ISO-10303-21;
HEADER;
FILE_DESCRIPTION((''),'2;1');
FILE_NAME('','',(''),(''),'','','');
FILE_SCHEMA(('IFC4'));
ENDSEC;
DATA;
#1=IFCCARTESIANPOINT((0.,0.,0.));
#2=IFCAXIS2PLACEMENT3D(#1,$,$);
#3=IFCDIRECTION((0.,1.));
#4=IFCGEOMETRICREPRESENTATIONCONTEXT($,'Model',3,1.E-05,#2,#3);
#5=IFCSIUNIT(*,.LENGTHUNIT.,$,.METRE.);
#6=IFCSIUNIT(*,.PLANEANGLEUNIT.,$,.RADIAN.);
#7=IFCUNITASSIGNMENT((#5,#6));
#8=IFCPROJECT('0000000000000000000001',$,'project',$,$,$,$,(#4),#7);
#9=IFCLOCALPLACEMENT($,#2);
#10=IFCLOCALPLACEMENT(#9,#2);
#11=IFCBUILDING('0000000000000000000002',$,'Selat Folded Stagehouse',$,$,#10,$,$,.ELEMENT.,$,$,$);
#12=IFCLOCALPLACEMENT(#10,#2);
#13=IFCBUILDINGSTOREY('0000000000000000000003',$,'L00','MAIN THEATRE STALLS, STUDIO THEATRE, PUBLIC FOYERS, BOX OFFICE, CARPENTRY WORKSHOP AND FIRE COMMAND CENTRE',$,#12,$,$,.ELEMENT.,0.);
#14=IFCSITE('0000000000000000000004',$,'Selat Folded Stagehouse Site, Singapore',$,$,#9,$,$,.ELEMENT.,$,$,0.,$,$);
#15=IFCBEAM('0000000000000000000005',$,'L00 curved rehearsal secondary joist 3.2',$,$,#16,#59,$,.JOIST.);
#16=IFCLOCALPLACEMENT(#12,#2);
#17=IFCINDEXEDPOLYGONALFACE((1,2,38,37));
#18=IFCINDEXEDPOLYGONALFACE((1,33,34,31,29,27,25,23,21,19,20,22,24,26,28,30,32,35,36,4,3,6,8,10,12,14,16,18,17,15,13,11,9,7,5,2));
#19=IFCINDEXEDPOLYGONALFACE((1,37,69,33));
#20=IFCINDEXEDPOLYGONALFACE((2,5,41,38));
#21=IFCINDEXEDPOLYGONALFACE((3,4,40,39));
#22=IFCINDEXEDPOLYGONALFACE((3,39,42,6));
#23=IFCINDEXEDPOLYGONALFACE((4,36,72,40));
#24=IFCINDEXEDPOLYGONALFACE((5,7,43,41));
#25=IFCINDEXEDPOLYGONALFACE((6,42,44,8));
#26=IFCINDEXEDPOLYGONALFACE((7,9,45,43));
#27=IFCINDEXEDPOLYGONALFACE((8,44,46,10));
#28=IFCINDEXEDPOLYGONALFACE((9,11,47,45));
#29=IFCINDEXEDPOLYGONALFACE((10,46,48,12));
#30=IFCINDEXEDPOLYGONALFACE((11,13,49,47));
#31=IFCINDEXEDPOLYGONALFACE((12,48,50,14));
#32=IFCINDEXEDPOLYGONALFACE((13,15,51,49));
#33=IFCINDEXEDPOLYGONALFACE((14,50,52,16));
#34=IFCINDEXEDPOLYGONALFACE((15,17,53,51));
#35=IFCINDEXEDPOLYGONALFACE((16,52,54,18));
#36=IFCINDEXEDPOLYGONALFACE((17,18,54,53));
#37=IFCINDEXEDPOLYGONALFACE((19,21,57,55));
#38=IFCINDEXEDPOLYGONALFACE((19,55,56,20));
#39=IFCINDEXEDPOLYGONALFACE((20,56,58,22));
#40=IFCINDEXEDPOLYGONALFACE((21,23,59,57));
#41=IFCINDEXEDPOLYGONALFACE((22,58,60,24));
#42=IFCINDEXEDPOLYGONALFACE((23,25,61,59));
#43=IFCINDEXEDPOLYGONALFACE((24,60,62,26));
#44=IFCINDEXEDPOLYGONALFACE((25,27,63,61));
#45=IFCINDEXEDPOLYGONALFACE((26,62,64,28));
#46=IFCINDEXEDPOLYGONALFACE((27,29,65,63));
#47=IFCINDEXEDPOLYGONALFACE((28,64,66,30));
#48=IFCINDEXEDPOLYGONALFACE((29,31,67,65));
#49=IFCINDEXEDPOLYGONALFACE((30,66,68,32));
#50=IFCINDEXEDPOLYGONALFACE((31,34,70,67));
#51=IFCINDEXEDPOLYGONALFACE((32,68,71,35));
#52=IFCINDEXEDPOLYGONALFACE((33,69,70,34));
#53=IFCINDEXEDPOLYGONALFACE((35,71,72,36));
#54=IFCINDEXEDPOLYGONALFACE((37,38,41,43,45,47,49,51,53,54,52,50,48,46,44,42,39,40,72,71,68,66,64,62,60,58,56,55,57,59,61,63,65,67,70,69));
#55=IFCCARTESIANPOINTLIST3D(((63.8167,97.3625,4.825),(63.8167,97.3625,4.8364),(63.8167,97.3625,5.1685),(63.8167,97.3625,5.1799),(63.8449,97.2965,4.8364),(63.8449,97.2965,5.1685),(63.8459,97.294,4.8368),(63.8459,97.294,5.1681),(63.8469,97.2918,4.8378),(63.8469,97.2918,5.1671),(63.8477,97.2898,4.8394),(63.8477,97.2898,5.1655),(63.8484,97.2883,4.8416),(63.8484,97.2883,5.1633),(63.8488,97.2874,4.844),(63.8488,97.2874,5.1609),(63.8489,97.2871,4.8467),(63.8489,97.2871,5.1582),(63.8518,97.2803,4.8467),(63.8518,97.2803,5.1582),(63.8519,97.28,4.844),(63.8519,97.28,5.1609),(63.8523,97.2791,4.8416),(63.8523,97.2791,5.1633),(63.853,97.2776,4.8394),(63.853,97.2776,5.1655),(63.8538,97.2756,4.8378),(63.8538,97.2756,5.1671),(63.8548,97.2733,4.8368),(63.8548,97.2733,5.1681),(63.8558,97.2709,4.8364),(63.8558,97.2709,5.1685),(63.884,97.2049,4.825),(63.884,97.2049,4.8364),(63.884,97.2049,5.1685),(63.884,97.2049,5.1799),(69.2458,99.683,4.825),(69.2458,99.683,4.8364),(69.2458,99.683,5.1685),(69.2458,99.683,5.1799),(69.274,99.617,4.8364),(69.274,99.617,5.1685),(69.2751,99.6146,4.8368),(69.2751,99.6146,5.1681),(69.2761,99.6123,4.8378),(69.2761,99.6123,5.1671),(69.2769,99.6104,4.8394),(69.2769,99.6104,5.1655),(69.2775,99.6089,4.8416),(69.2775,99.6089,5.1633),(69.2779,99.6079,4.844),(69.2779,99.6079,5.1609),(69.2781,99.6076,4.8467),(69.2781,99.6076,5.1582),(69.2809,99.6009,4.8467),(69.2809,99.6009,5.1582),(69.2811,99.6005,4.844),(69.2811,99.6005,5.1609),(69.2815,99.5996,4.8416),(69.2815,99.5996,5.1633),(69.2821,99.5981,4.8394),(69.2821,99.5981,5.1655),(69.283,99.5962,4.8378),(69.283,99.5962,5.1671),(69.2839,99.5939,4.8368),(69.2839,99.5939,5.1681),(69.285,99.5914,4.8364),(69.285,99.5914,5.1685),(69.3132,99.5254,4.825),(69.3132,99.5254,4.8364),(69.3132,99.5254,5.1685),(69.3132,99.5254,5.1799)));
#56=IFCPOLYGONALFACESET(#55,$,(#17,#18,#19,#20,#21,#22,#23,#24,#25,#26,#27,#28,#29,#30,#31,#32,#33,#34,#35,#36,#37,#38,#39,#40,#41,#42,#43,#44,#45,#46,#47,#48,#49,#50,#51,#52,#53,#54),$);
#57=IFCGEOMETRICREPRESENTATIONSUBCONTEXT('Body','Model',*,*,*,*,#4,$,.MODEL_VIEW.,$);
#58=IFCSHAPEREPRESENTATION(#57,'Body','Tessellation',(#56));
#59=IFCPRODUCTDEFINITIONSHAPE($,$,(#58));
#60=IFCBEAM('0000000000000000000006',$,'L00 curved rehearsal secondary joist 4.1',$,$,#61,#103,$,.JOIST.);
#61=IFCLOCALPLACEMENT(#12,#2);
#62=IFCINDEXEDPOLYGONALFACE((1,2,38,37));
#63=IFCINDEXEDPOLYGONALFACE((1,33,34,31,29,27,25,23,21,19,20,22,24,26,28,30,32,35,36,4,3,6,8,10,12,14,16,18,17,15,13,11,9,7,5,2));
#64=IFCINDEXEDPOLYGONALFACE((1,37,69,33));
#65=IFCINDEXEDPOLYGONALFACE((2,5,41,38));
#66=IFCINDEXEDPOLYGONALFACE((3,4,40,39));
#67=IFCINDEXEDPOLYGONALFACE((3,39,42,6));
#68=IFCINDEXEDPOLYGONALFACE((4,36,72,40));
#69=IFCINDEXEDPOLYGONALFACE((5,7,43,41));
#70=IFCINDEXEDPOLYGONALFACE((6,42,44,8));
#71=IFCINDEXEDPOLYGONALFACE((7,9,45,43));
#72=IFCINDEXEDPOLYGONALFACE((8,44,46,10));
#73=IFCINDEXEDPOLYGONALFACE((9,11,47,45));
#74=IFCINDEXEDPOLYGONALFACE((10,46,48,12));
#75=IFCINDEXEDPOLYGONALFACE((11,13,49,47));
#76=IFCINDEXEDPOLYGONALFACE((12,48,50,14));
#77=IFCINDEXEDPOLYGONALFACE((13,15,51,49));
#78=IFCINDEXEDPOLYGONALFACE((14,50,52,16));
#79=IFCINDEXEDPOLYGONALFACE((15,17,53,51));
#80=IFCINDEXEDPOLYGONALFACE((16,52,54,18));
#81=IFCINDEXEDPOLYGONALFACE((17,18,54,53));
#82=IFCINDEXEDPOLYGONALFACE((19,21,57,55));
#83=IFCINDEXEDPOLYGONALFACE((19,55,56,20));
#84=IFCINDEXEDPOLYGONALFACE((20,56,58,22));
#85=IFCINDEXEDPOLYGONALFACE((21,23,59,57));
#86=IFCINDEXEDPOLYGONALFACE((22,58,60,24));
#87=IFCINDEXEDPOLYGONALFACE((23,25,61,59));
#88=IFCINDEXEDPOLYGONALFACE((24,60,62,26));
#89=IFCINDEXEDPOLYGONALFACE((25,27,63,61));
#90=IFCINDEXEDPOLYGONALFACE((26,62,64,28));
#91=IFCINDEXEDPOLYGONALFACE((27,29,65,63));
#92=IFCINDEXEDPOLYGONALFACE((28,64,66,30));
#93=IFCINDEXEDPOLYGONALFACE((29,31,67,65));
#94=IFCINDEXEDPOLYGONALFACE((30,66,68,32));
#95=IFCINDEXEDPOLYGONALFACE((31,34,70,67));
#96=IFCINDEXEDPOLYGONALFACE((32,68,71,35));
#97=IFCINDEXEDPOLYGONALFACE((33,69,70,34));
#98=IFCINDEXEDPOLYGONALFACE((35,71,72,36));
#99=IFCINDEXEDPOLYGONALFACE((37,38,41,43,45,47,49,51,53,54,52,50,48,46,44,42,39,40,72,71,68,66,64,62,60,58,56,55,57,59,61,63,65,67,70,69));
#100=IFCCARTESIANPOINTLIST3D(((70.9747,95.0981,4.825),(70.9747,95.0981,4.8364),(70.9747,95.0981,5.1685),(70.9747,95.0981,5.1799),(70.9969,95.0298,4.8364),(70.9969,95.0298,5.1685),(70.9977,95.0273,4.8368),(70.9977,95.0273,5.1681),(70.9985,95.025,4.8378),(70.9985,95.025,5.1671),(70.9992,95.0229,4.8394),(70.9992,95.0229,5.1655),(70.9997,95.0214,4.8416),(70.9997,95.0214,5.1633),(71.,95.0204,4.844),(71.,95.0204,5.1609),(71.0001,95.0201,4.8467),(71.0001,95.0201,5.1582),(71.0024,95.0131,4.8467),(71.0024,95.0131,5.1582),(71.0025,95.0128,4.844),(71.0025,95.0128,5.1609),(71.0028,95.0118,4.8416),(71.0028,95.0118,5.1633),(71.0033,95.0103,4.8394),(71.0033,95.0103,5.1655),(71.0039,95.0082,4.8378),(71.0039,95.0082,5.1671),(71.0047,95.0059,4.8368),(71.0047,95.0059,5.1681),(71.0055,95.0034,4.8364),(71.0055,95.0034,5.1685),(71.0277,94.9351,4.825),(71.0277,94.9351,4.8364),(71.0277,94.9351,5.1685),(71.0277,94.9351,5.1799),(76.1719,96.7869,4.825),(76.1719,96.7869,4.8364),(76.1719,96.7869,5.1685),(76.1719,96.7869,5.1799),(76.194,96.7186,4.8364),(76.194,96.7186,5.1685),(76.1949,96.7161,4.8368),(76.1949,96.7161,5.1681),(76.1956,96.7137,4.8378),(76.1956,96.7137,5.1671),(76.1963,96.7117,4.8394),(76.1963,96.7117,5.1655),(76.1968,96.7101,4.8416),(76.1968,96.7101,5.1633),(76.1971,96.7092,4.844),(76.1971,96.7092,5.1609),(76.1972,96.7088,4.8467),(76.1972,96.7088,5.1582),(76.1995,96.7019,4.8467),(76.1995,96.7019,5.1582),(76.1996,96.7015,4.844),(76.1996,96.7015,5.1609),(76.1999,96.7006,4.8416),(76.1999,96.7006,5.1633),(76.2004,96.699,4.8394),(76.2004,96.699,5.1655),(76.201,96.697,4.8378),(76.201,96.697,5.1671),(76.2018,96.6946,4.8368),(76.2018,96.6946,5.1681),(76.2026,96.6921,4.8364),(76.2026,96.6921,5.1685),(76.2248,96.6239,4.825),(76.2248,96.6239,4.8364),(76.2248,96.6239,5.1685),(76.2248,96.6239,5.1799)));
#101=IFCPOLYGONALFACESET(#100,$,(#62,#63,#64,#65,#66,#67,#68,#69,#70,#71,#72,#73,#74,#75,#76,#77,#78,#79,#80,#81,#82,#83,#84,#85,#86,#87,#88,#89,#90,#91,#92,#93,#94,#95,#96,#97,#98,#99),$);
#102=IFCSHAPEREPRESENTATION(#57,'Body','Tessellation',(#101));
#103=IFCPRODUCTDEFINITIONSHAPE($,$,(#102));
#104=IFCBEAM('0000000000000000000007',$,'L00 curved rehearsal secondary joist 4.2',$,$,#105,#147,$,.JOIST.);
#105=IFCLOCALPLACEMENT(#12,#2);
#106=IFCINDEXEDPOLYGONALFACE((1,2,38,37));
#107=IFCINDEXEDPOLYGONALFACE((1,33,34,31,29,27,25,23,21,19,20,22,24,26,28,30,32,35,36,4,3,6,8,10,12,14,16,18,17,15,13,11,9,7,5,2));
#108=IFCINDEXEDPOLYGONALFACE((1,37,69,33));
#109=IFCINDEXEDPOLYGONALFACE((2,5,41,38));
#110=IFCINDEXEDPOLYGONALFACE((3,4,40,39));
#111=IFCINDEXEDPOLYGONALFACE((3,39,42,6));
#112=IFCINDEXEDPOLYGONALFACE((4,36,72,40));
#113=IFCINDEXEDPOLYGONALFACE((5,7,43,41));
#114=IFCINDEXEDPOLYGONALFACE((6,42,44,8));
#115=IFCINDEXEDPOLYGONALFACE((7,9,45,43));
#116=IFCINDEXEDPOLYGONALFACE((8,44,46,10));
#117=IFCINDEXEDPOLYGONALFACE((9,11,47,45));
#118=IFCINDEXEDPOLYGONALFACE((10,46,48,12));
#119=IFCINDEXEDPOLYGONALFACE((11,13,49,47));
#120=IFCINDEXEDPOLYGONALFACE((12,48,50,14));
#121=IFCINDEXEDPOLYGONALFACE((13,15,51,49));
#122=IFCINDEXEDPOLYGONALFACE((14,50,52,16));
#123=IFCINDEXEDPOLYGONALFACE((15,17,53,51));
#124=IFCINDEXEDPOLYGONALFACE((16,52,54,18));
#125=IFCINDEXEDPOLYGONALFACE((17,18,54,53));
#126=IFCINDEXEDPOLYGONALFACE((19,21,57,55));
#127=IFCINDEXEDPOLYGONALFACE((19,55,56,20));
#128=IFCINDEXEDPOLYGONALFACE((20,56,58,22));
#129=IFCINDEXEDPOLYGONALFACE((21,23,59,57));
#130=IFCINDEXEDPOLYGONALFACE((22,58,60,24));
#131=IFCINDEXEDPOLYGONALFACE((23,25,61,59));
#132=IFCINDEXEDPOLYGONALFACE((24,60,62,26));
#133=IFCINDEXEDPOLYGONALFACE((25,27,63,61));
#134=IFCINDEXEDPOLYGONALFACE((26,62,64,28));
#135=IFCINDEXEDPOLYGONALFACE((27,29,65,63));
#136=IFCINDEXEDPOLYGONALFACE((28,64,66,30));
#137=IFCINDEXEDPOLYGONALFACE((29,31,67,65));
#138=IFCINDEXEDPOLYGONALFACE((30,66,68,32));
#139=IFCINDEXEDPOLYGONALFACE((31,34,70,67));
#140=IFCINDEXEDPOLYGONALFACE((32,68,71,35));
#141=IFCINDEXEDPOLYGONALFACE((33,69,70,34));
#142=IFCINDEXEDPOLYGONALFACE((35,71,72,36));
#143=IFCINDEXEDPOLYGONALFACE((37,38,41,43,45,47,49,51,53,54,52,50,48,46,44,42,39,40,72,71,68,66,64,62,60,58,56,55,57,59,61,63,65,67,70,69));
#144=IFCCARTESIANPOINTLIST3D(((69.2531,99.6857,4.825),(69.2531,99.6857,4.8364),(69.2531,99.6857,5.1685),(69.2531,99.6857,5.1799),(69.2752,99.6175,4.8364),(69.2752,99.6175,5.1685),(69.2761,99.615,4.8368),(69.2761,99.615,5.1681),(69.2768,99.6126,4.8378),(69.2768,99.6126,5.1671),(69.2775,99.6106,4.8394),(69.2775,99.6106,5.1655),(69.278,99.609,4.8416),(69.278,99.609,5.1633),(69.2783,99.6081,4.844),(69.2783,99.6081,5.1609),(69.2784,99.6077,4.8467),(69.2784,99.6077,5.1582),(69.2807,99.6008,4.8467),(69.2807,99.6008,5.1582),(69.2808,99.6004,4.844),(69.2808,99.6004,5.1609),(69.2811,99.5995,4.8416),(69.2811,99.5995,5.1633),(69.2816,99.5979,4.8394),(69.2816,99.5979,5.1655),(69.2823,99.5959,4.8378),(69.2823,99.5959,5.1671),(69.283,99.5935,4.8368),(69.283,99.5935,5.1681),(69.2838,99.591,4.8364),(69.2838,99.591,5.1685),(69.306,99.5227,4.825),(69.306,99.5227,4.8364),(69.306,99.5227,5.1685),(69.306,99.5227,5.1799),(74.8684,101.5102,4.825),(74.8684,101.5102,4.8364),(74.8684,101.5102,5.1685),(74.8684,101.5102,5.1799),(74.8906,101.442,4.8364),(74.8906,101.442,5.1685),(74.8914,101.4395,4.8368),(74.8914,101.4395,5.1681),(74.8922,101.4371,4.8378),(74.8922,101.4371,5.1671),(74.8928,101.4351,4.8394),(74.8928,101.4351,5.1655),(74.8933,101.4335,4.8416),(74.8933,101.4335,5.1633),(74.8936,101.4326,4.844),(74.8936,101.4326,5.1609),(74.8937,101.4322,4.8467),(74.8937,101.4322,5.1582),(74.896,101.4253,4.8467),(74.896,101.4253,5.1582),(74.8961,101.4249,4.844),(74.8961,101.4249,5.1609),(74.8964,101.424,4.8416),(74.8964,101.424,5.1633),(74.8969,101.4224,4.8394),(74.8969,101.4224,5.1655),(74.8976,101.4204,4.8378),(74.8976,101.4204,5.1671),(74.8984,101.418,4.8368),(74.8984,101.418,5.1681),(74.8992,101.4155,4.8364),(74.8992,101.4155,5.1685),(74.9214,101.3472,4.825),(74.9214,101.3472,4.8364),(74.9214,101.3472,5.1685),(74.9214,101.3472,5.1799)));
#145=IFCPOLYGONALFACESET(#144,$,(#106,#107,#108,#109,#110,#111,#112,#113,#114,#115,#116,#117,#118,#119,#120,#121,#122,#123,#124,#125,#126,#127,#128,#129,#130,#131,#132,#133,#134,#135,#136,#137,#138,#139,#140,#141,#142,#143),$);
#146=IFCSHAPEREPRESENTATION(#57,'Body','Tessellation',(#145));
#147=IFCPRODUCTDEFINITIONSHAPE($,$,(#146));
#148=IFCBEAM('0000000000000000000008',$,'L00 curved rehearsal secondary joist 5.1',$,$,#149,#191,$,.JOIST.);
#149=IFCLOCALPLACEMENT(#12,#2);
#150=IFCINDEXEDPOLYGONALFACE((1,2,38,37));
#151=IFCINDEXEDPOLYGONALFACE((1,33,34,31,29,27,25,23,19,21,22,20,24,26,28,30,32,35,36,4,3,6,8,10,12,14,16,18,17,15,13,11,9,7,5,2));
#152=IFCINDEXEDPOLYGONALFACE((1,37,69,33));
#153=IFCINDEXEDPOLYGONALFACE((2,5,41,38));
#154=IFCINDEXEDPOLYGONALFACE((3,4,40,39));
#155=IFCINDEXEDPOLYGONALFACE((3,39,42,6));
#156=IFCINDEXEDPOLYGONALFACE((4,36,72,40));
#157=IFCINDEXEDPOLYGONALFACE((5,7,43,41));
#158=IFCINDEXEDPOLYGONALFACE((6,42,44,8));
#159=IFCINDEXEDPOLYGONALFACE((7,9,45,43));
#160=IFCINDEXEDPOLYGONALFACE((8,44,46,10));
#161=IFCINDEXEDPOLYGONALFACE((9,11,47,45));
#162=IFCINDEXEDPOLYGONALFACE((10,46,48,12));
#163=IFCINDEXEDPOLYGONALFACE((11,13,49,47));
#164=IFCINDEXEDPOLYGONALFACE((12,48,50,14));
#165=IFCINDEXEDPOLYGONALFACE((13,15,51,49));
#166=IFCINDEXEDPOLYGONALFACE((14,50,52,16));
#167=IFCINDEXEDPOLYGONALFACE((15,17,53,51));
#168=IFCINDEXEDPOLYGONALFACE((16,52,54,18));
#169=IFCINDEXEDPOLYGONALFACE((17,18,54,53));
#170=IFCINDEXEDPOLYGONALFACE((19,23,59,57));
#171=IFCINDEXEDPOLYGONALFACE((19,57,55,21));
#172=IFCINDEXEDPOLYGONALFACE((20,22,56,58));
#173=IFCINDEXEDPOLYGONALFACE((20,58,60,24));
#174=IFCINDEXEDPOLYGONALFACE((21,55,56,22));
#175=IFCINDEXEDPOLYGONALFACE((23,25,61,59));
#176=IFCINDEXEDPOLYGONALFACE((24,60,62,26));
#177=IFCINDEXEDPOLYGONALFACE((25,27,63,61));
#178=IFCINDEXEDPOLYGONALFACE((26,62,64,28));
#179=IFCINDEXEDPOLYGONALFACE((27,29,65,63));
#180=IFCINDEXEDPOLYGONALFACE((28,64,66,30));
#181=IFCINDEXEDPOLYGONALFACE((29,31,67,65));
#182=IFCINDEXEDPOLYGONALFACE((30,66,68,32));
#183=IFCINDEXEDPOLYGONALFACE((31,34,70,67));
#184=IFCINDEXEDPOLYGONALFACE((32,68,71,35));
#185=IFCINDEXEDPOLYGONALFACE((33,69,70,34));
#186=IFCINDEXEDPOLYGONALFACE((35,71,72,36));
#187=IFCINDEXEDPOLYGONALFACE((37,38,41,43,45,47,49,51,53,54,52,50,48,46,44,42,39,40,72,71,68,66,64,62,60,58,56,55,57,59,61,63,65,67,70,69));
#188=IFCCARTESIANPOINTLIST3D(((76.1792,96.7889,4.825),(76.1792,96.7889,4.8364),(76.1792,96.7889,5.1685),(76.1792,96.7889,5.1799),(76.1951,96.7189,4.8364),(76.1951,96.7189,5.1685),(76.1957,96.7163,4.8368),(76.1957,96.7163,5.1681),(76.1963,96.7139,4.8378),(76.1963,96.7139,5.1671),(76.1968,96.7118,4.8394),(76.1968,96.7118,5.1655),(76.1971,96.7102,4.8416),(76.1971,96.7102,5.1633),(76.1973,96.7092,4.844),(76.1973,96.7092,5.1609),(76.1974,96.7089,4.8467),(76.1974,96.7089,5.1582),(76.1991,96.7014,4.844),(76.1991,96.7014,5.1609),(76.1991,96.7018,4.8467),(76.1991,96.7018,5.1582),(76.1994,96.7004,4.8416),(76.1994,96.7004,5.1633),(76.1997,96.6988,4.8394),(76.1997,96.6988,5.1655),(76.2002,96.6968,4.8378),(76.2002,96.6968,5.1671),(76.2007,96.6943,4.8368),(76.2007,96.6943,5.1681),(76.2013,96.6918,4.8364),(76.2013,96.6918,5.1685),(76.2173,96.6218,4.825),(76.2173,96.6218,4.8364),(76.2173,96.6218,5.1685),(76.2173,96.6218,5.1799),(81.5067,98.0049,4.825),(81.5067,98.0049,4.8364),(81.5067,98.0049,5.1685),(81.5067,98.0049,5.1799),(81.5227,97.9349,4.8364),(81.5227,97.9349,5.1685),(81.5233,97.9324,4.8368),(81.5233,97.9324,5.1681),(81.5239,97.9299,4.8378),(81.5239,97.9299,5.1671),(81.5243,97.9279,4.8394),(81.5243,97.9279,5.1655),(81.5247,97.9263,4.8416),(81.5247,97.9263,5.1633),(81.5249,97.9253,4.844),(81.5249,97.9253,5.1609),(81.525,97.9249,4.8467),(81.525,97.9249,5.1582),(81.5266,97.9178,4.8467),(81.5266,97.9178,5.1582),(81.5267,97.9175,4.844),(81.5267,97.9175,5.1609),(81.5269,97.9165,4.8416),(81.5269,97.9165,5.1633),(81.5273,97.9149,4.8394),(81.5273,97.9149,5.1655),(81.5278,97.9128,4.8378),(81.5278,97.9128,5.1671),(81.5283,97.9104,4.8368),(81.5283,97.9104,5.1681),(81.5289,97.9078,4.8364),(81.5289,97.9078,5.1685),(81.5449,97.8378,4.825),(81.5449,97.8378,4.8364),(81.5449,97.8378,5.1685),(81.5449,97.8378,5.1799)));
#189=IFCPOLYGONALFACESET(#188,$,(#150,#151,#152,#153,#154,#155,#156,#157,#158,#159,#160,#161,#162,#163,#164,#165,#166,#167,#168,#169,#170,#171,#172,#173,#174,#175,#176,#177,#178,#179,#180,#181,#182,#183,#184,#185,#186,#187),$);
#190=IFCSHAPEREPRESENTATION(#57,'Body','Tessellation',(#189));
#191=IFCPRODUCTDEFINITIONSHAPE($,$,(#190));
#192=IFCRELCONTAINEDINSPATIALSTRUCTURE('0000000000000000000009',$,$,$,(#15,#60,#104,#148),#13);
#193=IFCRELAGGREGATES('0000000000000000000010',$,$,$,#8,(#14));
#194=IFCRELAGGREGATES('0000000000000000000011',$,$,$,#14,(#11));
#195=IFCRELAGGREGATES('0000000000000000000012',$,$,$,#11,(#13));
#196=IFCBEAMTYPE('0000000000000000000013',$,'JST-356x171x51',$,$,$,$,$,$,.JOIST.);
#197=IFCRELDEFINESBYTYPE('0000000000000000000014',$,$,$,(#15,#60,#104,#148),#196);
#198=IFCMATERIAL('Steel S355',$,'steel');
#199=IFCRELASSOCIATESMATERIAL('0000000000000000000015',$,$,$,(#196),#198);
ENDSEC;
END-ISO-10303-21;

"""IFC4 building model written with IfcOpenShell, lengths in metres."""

from ifc_helpers import new_model, si_unit, direction, frame, origin, origin_2d, place, context, subcontext, project, spatial, i_section, extrude, material, material_profile, profile_set, type_object, element, save


model = new_model("IFC4")

# Units and contexts
model_context = context("Model", 3, precision=1e-05, world=origin(), true_north=direction((0.0, 1.0)))
body_context = subcontext(model_context, "Body", "Model", "MODEL_VIEW")
ifc_project = project(units=[si_unit("LENGTHUNIT", "METRE"), si_unit("PLANEANGLEUNIT", "RADIAN")], contexts=[model_context])

# Site, building, storey
site_placement = place(None, origin())
site = spatial("IfcSite", under=ifc_project, at=site_placement, Name="Selat Folded Stagehouse Site, Singapore", CompositionType="ELEMENT", RefElevation=0.0)
building_placement = place(site_placement, origin())
building = spatial("IfcBuilding", under=site, at=building_placement, Name="Selat Folded Stagehouse", CompositionType="ELEMENT")
storey_placement = place(building_placement, origin())
storey = spatial("IfcBuildingStorey", under=building, at=storey_placement, Name="L00", Description="MAIN THEATRE STALLS, STUDIO THEATRE, PUBLIC FOYERS, BOX OFFICE, CARPENTRY WORKSHOP AND FIRE COMMAND CENTRE", CompositionType="ELEMENT", Elevation=0.0)

# Shared definitions
ifc_material_1 = material(Name="Steel S355", Category="steel")

# Beams
ifc_material_profile_1 = material_profile(ifc_material_1, i_section(OverallWidth=0.1714, OverallDepth=0.355, WebThickness=0.0073, FlangeThickness=0.0115, FilletRadius=0.0103, at=origin_2d()), Name="UKB 356x171x51")
ifc_profile_set_1 = profile_set([ifc_material_profile_1], Name="Steel S355")
beam_type_1 = type_object("IfcBeamType", Name="JST-356x171x51", PredefinedType="JOIST", material=ifc_profile_set_1)
beam_1_placement = place(storey_placement, frame((63.8503, 97.2837, 5.0024), z_axis=(0.919527, 0.393026, 0.0), x_axis=(-0.393026, 0.919527, 0.0)))
element("IfcBeam", 1, at=beam_1_placement, inside=storey, type_object=beam_type_1, Name="L00 curved rehearsal secondary joist 3.2", PredefinedType="JOIST", context=body_context, shape_type="SweptSolid", body=[
    extrude(i_section(OverallWidth=0.1714, OverallDepth=0.355, WebThickness=0.0073, FlangeThickness=0.0115, FilletRadius=0.0103, at=origin_2d()), origin(), (0.0, 0.0, 1.0), 5.9043),
])
beam_2_placement = place(storey_placement, frame((71.0012, 95.0166, 5.0024), z_axis=(0.951051, 0.309035, 0.0), x_axis=(-0.309035, 0.951051, 0.0)))
element("IfcBeam", 2, at=beam_2_placement, inside=storey, type_object=beam_type_1, Name="L00 curved rehearsal secondary joist 4.1", PredefinedType="JOIST", context=body_context, shape_type="SweptSolid", body=[
    extrude(i_section(OverallWidth=0.1714, OverallDepth=0.355, WebThickness=0.0073, FlangeThickness=0.0115, FilletRadius=0.0103, at=origin_2d()), origin(), (0.0, 0.0, 1.0), 5.4646),
])
beam_3_placement = place(storey_placement, frame((69.2795, 99.6042, 5.0024), z_axis=(0.951058, 0.309011, 0.0), x_axis=(-0.309011, 0.951058, 0.0)))
element("IfcBeam", 3, at=beam_3_placement, inside=storey, type_object=beam_type_1, Name="L00 curved rehearsal secondary joist 4.2", PredefinedType="JOIST", context=body_context, shape_type="SweptSolid", body=[
    extrude(i_section(OverallWidth=0.1714, OverallDepth=0.355, WebThickness=0.0073, FlangeThickness=0.0115, FilletRadius=0.0103, at=origin_2d()), origin(), (0.0, 0.0, 1.0), 5.9043),
])
beam_4_placement = place(storey_placement, frame((76.1982, 96.7053, 5.0024), z_axis=(0.974925, 0.222532, 0.0), x_axis=(-0.222532, 0.974925, 0.0)))
element("IfcBeam", 4, at=beam_4_placement, inside=storey, type_object=beam_type_1, Name="L00 curved rehearsal secondary joist 5.1", PredefinedType="JOIST", context=body_context, shape_type="SweptSolid", body=[
    extrude(i_section(OverallWidth=0.1714, OverallDepth=0.355, WebThickness=0.0073, FlangeThickness=0.0115, FilletRadius=0.0103, at=origin_2d()), origin(), (0.0, 0.0, 1.0), 5.4646),
])

save(model, "model.ifc")
